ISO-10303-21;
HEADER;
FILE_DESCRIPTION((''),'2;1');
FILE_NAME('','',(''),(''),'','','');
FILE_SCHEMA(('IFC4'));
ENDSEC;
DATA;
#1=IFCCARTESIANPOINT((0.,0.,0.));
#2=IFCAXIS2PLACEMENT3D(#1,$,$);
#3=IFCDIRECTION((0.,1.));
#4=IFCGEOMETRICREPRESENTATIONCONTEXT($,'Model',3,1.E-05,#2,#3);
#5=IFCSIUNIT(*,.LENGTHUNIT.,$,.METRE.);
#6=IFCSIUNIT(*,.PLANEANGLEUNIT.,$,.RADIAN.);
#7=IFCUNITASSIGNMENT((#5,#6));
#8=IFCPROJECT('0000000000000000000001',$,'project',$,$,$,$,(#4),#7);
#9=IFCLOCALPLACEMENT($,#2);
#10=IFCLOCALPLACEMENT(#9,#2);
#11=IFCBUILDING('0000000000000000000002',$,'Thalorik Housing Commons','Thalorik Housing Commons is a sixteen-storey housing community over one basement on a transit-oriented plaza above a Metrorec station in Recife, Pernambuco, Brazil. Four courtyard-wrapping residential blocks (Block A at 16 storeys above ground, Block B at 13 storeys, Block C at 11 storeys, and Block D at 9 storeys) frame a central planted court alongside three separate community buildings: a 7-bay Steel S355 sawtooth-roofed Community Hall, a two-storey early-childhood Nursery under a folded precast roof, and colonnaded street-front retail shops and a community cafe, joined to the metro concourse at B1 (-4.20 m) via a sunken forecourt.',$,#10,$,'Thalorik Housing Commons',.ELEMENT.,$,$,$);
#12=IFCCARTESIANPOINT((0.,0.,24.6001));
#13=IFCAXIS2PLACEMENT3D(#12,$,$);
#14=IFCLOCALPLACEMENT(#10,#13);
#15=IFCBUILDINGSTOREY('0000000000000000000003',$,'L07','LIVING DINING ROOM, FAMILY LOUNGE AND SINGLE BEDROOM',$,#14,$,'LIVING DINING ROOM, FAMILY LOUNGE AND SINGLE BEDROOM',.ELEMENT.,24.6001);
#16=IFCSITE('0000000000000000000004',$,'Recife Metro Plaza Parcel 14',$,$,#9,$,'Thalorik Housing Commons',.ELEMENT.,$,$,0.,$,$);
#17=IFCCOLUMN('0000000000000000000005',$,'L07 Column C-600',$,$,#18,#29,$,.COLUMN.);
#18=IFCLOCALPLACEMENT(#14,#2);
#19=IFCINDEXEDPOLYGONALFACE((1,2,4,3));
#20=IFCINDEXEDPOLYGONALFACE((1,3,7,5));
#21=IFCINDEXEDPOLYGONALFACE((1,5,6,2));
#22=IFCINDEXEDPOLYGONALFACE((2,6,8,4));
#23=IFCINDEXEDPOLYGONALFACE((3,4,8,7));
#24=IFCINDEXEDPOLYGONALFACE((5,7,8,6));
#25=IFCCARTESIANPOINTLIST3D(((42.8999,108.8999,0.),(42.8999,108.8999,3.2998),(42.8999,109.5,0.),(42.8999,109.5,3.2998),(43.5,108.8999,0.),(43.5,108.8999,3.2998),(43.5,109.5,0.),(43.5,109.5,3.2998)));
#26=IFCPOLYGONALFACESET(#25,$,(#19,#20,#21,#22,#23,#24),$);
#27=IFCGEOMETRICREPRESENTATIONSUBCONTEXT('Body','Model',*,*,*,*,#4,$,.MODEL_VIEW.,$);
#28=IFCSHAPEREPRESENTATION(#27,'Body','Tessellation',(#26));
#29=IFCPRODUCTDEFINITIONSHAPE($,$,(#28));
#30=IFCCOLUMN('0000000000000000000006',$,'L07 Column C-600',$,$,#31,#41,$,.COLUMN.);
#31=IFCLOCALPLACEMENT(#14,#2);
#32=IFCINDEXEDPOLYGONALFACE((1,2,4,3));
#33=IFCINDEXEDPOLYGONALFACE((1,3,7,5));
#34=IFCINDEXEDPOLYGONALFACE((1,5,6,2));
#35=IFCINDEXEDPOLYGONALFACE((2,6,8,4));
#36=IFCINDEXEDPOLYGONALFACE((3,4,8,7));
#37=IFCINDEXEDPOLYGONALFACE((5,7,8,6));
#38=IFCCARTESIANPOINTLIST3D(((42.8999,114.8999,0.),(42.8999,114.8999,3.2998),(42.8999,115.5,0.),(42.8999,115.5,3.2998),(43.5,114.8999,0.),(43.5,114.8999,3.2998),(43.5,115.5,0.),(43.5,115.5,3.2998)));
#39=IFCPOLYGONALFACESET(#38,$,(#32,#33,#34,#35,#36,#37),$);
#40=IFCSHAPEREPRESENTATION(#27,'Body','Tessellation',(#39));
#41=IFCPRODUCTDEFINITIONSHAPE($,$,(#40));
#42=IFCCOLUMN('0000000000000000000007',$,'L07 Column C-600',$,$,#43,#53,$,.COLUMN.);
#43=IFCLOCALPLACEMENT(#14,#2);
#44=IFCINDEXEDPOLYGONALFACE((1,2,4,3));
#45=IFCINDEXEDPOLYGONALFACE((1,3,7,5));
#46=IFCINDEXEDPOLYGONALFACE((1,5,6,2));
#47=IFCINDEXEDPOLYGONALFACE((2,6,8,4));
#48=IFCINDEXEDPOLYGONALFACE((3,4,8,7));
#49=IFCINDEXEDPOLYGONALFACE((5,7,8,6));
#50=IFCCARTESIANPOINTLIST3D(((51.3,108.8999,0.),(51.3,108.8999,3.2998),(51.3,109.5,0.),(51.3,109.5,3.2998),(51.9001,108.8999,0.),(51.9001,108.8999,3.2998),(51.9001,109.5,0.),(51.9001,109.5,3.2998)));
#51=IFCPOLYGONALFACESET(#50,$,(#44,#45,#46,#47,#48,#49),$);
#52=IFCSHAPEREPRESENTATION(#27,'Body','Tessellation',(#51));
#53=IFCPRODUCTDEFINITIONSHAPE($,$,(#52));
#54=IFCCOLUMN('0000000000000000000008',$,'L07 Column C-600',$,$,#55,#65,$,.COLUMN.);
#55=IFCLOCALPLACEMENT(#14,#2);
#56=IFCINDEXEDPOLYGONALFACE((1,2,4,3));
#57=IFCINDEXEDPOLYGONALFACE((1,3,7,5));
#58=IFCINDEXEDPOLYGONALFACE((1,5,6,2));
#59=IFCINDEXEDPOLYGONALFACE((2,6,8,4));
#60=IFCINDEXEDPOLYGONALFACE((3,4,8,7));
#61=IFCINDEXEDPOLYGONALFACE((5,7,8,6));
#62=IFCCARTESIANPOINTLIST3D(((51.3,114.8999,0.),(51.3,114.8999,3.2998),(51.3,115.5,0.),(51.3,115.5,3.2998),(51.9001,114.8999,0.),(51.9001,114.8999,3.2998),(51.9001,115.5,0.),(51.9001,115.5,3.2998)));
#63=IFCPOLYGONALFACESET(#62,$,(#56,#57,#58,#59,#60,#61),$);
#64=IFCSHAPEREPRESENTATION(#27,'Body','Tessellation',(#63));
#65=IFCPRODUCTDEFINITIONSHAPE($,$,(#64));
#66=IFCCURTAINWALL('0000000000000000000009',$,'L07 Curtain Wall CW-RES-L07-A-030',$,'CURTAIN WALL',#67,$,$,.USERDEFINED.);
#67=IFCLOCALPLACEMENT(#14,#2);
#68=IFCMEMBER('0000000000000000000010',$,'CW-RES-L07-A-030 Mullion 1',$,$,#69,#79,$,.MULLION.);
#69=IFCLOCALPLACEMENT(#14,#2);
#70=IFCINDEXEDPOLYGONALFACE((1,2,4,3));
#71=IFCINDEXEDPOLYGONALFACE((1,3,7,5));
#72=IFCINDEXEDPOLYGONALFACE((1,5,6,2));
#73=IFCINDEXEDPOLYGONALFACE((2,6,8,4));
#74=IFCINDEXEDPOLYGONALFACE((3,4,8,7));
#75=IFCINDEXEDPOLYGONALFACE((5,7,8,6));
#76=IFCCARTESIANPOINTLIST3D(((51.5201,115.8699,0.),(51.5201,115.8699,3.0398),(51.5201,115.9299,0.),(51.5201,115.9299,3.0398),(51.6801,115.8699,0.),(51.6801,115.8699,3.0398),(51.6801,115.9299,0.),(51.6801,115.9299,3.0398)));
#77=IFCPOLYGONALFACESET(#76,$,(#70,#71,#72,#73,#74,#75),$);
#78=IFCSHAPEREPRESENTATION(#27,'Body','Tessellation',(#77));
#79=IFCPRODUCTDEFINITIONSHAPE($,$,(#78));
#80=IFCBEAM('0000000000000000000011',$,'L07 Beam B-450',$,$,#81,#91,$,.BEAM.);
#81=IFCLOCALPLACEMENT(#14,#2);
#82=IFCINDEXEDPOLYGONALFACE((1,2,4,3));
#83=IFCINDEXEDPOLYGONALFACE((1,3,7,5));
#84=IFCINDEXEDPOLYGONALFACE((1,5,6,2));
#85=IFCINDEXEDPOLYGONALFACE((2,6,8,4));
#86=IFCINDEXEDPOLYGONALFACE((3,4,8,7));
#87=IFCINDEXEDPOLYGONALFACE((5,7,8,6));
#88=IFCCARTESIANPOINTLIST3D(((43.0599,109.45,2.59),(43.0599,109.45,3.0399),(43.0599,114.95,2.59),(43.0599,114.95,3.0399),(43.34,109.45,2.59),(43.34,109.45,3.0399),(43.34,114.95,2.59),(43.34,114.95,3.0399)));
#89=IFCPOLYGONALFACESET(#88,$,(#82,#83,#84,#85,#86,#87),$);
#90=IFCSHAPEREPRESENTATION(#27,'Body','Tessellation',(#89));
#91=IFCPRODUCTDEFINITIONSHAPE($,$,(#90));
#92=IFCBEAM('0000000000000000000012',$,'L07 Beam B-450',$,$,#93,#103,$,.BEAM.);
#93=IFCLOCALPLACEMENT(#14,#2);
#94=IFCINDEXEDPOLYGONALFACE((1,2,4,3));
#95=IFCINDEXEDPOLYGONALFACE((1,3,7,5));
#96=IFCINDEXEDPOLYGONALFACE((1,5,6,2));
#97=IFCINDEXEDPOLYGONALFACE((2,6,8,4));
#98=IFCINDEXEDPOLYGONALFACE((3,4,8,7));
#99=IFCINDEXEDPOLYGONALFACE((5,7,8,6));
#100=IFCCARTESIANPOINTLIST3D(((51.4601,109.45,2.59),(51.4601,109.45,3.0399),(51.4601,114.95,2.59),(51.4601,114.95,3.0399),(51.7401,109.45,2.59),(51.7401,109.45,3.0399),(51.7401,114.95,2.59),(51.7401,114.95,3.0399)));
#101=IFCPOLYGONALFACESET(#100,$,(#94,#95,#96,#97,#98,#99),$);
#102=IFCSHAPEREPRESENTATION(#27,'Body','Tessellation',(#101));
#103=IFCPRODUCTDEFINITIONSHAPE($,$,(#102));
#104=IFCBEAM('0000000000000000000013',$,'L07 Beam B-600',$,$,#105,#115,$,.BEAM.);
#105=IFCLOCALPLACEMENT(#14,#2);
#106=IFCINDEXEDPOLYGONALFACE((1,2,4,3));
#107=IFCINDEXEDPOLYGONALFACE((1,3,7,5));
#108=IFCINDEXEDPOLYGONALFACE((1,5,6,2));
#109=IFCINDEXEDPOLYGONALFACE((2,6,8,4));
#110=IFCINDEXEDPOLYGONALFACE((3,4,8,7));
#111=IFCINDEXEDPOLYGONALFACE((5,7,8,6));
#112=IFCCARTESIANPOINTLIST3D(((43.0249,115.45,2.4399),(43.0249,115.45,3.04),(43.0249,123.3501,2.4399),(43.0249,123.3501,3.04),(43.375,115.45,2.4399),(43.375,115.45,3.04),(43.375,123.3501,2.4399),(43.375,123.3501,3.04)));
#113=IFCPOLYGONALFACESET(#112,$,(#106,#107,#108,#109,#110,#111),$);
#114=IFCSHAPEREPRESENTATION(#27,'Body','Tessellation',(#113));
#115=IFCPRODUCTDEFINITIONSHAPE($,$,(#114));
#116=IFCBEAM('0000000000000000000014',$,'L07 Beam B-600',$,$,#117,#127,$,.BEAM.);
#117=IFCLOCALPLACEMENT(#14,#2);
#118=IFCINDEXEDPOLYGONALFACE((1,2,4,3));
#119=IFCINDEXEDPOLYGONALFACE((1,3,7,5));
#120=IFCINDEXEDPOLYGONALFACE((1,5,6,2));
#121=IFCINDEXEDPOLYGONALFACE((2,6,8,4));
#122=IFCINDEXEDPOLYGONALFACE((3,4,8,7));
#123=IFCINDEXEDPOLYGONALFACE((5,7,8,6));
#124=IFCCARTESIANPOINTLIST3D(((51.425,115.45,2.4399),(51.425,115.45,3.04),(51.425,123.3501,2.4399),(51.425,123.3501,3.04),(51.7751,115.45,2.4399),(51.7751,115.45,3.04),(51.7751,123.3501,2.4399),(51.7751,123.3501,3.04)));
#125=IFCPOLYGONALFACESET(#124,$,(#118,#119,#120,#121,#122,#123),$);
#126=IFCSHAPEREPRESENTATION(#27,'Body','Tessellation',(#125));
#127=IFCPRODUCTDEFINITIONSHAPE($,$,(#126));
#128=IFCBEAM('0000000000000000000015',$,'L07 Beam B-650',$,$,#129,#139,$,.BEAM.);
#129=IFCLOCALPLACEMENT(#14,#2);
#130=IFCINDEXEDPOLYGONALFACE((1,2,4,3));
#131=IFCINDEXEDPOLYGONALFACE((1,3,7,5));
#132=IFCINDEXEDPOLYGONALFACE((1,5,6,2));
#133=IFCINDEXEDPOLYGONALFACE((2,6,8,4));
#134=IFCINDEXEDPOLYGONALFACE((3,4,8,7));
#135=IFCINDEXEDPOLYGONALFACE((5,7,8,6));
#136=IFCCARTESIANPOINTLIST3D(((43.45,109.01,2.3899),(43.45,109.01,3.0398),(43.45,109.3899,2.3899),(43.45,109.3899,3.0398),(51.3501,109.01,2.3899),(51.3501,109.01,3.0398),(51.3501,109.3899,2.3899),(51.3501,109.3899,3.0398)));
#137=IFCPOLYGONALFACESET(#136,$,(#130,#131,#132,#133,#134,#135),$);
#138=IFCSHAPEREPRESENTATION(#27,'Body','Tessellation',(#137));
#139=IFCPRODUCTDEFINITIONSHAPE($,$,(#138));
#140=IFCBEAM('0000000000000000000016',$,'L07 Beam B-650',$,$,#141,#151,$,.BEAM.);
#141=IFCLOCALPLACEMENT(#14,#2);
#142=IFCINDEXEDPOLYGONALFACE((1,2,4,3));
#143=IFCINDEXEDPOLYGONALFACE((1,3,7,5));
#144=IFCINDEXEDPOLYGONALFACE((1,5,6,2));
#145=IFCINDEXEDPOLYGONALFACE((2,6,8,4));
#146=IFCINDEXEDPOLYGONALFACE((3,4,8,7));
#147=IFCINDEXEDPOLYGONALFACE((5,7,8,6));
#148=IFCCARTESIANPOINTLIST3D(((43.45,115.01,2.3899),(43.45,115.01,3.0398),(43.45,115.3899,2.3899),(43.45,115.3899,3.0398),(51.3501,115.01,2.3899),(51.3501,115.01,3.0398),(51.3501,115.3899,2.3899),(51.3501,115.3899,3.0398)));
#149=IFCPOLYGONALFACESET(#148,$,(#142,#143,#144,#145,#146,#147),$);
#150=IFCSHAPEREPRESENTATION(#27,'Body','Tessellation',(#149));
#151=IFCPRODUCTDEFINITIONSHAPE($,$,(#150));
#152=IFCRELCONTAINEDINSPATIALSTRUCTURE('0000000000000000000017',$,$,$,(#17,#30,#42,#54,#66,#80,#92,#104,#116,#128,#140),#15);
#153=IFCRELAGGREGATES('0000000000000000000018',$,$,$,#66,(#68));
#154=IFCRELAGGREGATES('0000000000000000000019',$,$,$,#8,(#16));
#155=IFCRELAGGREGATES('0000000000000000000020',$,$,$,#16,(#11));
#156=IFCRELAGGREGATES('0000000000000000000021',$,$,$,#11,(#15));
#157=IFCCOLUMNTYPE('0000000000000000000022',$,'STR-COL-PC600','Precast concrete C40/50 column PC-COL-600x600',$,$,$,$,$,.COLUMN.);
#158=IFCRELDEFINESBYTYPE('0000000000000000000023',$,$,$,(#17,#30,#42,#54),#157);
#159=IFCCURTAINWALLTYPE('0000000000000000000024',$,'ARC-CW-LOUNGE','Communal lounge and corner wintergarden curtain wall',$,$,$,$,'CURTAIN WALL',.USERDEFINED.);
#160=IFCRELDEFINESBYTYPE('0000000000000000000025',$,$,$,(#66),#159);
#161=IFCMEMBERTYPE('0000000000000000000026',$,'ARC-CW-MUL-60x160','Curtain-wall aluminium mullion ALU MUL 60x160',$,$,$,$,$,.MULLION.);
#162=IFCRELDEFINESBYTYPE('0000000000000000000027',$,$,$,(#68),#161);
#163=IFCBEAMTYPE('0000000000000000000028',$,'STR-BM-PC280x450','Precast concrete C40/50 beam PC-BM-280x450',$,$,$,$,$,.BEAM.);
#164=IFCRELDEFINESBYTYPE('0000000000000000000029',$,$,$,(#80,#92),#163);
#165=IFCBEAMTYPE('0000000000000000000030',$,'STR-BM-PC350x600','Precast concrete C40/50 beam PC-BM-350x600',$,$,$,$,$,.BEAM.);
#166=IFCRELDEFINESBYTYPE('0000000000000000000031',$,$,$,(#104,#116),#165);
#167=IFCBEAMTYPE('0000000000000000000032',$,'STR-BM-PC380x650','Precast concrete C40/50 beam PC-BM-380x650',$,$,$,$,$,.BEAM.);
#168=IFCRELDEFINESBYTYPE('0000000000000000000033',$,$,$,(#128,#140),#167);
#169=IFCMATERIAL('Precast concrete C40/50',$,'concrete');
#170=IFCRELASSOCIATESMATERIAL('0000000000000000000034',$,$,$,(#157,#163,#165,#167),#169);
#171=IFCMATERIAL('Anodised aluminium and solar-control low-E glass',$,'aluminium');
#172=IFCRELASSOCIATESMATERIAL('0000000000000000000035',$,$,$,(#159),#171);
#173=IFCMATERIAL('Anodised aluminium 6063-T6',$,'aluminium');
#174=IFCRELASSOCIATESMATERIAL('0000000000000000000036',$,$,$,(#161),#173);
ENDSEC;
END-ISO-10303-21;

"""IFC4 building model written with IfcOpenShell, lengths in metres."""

from ifc_helpers import new_model, si_unit, direction, frame, origin, origin_2d, place, context, subcontext, project, spatial, rectangle, extrude, material, material_profile, profile_set, type_object, element, aggregate, save


model = new_model("IFC4")

# Units and contexts
model_context = context("Model", 3, precision=1e-05, world=origin(), true_north=direction((0.0, 1.0)))
body_context = subcontext(model_context, "Body", "Model", "MODEL_VIEW")
ifc_project = project(units=[si_unit("LENGTHUNIT", "METRE"), si_unit("PLANEANGLEUNIT", "RADIAN")], contexts=[model_context])

# Site, building, storey
site_placement = place(None, origin())
site = spatial("IfcSite", under=ifc_project, at=site_placement, Name="Recife Metro Plaza Parcel 14", LongName="Thalorik Housing Commons", CompositionType="ELEMENT", RefElevation=0.0)
building_placement = place(site_placement, origin())
building = spatial("IfcBuilding", under=site, at=building_placement, Name="Thalorik Housing Commons", Description="Thalorik Housing Commons is a sixteen-storey housing community over one basement on a transit-oriented plaza above a Metrorec station in Recife, Pernambuco, Brazil. Four courtyard-wrapping residential blocks (Block A at 16 storeys above ground, Block B at 13 storeys, Block C at 11 storeys, and Block D at 9 storeys) frame a central planted court alongside three separate community buildings: a 7-bay Steel S355 sawtooth-roofed Community Hall, a two-storey early-childhood Nursery under a folded precast roof, and colonnaded street-front retail shops and a community cafe, joined to the metro concourse at B1 (-4.20 m) via a sunken forecourt.", LongName="Thalorik Housing Commons", CompositionType="ELEMENT")
storey_placement = place(building_placement, frame((0.0, 0.0, 24.6001)))
storey = spatial("IfcBuildingStorey", under=building, at=storey_placement, Name="L07", Description="LIVING DINING ROOM, FAMILY LOUNGE AND SINGLE BEDROOM", LongName="LIVING DINING ROOM, FAMILY LOUNGE AND SINGLE BEDROOM", CompositionType="ELEMENT", Elevation=24.6001)

# Columns
ifc_material_1 = material(Name="Precast concrete C40/50", Category="concrete")
ifc_material_profile_1 = material_profile(ifc_material_1, rectangle(XDim=0.6001, YDim=0.6001, at=origin_2d()), Name="PC 600x600", Category="concrete")
ifc_profile_set_1 = profile_set([ifc_material_profile_1], Name="Precast concrete C40/50")
column_type = type_object("IfcColumnType", Name="STR-COL-PC600", Description="Precast concrete C40/50 column PC-COL-600x600", PredefinedType="COLUMN", material=ifc_profile_set_1)
for number, where, z_axis, x_axis, name in (
    (1, (43.2, 109.2, 0.0), (0.0, 0.0, 1.0), (1.0, 0.0, 0.0), "L07 Column C-600"),
    (2, (43.2, 115.2, 0.0), (0.0, 0.0, 1.0), (1.0, 0.0, 0.0), "L07 Column C-600"),
    (3, (51.6001, 109.2, 0.0), (0.0, 0.0, 1.0), (1.0, 0.0, 0.0), "L07 Column C-600"),
    (4, (51.6001, 115.2, 0.0), (0.0, 0.0, 1.0), (1.0, 0.0, 0.0), "L07 Column C-600"),
):
    element("IfcColumn", number, at=place(storey_placement, frame(where, z_axis=z_axis, x_axis=x_axis)), inside=storey, type_object=column_type, Name=name, PredefinedType="COLUMN", context=body_context, shape_type="SweptSolid", body=[
        extrude(rectangle(XDim=0.6001, YDim=0.6001, at=origin_2d()), origin(), (0.0, 0.0, 1.0), 3.2998),
    ])

# Curtain wall, member
ifc_material_2 = material(Name="Anodised aluminium and solar-control low-E glass", Category="aluminium")
curtain_wall_type = type_object("IfcCurtainWallType", Name="ARC-CW-LOUNGE", Description="Communal lounge and corner wintergarden curtain wall", ElementType="CURTAIN WALL", PredefinedType="USERDEFINED", material=ifc_material_2)
curtain_wall_placement = place(storey_placement, origin())
curtain_wall = element("IfcCurtainWall", 5, at=curtain_wall_placement, inside=storey, type_object=curtain_wall_type, Name="L07 Curtain Wall CW-RES-L07-A-030", ObjectType="CURTAIN WALL", PredefinedType="USERDEFINED")
ifc_material_3 = material(Name="Anodised aluminium 6063-T6", Category="aluminium")
ifc_material_profile_2 = material_profile(ifc_material_3, rectangle(XDim=0.0601, YDim=0.1599, at=origin_2d()), Name="ALU MUL 60x160", Category="aluminium")
ifc_profile_set_2 = profile_set([ifc_material_profile_2], Name="Anodised aluminium 6063-T6")
member_type = type_object("IfcMemberType", Name="ARC-CW-MUL-60x160", Description="Curtain-wall aluminium mullion ALU MUL 60x160", PredefinedType="MULLION", material=ifc_profile_set_2)
member_placement = place(storey_placement, frame((51.6001, 115.8999, 0.0), z_axis=(0.0, 0.0, 1.0), x_axis=(0.0, 1.0, 0.0)))
member = element("IfcMember", 6, at=member_placement, type_object=member_type, Name="CW-RES-L07-A-030 Mullion 1", PredefinedType="MULLION", context=body_context, shape_type="SweptSolid", body=[
    extrude(rectangle(XDim=0.0601, YDim=0.1599, at=origin_2d()), origin(), (0.0, 0.0, 1.0), 3.0398),
])
aggregate(curtain_wall, [member])

# Beams
ifc_material_profile_3 = material_profile(ifc_material_1, rectangle(XDim=0.28, YDim=0.45, at=origin_2d()), Name="PC 280x450", Category="concrete")
ifc_profile_set_3 = profile_set([ifc_material_profile_3], Name="Precast concrete C40/50")
beam_type_1 = type_object("IfcBeamType", Name="STR-BM-PC280x450", Description="Precast concrete C40/50 beam PC-BM-280x450", PredefinedType="BEAM", material=ifc_profile_set_3)
for number, where, z_axis, x_axis, name in (
    (7, (43.2, 109.45, 2.8149), (0.0, 1.0, 0.0), (-1.0, 0.0, 0.0), "L07 Beam B-450"),
    (8, (51.6001, 109.45, 2.8149), (0.0, 1.0, 0.0), (-1.0, 0.0, 0.0), "L07 Beam B-450"),
):
    element("IfcBeam", number, at=place(storey_placement, frame(where, z_axis=z_axis, x_axis=x_axis)), inside=storey, type_object=beam_type_1, Name=name, PredefinedType="BEAM", context=body_context, shape_type="SweptSolid", body=[
        extrude(rectangle(XDim=0.28, YDim=0.45, at=origin_2d()), origin(), (0.0, 0.0, 1.0), 5.5),
    ])
ifc_material_profile_4 = material_profile(ifc_material_1, rectangle(XDim=0.3501, YDim=0.6001, at=origin_2d()), Name="PC 350x600", Category="concrete")
ifc_profile_set_4 = profile_set([ifc_material_profile_4], Name="Precast concrete C40/50")
beam_type_2 = type_object("IfcBeamType", Name="STR-BM-PC350x600", Description="Precast concrete C40/50 beam PC-BM-350x600", PredefinedType="BEAM", material=ifc_profile_set_4)
for number, where, z_axis, x_axis, name in (
    (9, (43.2, 115.45, 2.74), (0.0, 1.0, 0.0), (-1.0, 0.0, 0.0), "L07 Beam B-600"),
    (10, (51.6001, 115.45, 2.74), (0.0, 1.0, 0.0), (-1.0, 0.0, 0.0), "L07 Beam B-600"),
):
    element("IfcBeam", number, at=place(storey_placement, frame(where, z_axis=z_axis, x_axis=x_axis)), inside=storey, type_object=beam_type_2, Name=name, PredefinedType="BEAM", context=body_context, shape_type="SweptSolid", body=[
        extrude(rectangle(XDim=0.3501, YDim=0.6001, at=origin_2d()), origin(), (0.0, 0.0, 1.0), 7.9001),
    ])
ifc_material_profile_5 = material_profile(ifc_material_1, rectangle(XDim=0.3799, YDim=0.6499, at=origin_2d()), Name="PC 380x650", Category="concrete")
ifc_profile_set_5 = profile_set([ifc_material_profile_5], Name="Precast concrete C40/50")
beam_type_3 = type_object("IfcBeamType", Name="STR-BM-PC380x650", Description="Precast concrete C40/50 beam PC-BM-380x650", PredefinedType="BEAM", material=ifc_profile_set_5)
for number, where, z_axis, x_axis, name in (
    (11, (43.45, 109.2, 2.7148), (1.0, 0.0, 0.0), (0.0, 1.0, 0.0), "L07 Beam B-650"),
    (12, (43.45, 115.2, 2.7148), (1.0, 0.0, 0.0), (0.0, 1.0, 0.0), "L07 Beam B-650"),
):
    element("IfcBeam", number, at=place(storey_placement, frame(where, z_axis=z_axis, x_axis=x_axis)), inside=storey, type_object=beam_type_3, Name=name, PredefinedType="BEAM", context=body_context, shape_type="SweptSolid", body=[
        extrude(rectangle(XDim=0.3799, YDim=0.6499, at=origin_2d()), origin(), (0.0, 0.0, 1.0), 7.9001),
    ])

save(model, "model.ifc")
